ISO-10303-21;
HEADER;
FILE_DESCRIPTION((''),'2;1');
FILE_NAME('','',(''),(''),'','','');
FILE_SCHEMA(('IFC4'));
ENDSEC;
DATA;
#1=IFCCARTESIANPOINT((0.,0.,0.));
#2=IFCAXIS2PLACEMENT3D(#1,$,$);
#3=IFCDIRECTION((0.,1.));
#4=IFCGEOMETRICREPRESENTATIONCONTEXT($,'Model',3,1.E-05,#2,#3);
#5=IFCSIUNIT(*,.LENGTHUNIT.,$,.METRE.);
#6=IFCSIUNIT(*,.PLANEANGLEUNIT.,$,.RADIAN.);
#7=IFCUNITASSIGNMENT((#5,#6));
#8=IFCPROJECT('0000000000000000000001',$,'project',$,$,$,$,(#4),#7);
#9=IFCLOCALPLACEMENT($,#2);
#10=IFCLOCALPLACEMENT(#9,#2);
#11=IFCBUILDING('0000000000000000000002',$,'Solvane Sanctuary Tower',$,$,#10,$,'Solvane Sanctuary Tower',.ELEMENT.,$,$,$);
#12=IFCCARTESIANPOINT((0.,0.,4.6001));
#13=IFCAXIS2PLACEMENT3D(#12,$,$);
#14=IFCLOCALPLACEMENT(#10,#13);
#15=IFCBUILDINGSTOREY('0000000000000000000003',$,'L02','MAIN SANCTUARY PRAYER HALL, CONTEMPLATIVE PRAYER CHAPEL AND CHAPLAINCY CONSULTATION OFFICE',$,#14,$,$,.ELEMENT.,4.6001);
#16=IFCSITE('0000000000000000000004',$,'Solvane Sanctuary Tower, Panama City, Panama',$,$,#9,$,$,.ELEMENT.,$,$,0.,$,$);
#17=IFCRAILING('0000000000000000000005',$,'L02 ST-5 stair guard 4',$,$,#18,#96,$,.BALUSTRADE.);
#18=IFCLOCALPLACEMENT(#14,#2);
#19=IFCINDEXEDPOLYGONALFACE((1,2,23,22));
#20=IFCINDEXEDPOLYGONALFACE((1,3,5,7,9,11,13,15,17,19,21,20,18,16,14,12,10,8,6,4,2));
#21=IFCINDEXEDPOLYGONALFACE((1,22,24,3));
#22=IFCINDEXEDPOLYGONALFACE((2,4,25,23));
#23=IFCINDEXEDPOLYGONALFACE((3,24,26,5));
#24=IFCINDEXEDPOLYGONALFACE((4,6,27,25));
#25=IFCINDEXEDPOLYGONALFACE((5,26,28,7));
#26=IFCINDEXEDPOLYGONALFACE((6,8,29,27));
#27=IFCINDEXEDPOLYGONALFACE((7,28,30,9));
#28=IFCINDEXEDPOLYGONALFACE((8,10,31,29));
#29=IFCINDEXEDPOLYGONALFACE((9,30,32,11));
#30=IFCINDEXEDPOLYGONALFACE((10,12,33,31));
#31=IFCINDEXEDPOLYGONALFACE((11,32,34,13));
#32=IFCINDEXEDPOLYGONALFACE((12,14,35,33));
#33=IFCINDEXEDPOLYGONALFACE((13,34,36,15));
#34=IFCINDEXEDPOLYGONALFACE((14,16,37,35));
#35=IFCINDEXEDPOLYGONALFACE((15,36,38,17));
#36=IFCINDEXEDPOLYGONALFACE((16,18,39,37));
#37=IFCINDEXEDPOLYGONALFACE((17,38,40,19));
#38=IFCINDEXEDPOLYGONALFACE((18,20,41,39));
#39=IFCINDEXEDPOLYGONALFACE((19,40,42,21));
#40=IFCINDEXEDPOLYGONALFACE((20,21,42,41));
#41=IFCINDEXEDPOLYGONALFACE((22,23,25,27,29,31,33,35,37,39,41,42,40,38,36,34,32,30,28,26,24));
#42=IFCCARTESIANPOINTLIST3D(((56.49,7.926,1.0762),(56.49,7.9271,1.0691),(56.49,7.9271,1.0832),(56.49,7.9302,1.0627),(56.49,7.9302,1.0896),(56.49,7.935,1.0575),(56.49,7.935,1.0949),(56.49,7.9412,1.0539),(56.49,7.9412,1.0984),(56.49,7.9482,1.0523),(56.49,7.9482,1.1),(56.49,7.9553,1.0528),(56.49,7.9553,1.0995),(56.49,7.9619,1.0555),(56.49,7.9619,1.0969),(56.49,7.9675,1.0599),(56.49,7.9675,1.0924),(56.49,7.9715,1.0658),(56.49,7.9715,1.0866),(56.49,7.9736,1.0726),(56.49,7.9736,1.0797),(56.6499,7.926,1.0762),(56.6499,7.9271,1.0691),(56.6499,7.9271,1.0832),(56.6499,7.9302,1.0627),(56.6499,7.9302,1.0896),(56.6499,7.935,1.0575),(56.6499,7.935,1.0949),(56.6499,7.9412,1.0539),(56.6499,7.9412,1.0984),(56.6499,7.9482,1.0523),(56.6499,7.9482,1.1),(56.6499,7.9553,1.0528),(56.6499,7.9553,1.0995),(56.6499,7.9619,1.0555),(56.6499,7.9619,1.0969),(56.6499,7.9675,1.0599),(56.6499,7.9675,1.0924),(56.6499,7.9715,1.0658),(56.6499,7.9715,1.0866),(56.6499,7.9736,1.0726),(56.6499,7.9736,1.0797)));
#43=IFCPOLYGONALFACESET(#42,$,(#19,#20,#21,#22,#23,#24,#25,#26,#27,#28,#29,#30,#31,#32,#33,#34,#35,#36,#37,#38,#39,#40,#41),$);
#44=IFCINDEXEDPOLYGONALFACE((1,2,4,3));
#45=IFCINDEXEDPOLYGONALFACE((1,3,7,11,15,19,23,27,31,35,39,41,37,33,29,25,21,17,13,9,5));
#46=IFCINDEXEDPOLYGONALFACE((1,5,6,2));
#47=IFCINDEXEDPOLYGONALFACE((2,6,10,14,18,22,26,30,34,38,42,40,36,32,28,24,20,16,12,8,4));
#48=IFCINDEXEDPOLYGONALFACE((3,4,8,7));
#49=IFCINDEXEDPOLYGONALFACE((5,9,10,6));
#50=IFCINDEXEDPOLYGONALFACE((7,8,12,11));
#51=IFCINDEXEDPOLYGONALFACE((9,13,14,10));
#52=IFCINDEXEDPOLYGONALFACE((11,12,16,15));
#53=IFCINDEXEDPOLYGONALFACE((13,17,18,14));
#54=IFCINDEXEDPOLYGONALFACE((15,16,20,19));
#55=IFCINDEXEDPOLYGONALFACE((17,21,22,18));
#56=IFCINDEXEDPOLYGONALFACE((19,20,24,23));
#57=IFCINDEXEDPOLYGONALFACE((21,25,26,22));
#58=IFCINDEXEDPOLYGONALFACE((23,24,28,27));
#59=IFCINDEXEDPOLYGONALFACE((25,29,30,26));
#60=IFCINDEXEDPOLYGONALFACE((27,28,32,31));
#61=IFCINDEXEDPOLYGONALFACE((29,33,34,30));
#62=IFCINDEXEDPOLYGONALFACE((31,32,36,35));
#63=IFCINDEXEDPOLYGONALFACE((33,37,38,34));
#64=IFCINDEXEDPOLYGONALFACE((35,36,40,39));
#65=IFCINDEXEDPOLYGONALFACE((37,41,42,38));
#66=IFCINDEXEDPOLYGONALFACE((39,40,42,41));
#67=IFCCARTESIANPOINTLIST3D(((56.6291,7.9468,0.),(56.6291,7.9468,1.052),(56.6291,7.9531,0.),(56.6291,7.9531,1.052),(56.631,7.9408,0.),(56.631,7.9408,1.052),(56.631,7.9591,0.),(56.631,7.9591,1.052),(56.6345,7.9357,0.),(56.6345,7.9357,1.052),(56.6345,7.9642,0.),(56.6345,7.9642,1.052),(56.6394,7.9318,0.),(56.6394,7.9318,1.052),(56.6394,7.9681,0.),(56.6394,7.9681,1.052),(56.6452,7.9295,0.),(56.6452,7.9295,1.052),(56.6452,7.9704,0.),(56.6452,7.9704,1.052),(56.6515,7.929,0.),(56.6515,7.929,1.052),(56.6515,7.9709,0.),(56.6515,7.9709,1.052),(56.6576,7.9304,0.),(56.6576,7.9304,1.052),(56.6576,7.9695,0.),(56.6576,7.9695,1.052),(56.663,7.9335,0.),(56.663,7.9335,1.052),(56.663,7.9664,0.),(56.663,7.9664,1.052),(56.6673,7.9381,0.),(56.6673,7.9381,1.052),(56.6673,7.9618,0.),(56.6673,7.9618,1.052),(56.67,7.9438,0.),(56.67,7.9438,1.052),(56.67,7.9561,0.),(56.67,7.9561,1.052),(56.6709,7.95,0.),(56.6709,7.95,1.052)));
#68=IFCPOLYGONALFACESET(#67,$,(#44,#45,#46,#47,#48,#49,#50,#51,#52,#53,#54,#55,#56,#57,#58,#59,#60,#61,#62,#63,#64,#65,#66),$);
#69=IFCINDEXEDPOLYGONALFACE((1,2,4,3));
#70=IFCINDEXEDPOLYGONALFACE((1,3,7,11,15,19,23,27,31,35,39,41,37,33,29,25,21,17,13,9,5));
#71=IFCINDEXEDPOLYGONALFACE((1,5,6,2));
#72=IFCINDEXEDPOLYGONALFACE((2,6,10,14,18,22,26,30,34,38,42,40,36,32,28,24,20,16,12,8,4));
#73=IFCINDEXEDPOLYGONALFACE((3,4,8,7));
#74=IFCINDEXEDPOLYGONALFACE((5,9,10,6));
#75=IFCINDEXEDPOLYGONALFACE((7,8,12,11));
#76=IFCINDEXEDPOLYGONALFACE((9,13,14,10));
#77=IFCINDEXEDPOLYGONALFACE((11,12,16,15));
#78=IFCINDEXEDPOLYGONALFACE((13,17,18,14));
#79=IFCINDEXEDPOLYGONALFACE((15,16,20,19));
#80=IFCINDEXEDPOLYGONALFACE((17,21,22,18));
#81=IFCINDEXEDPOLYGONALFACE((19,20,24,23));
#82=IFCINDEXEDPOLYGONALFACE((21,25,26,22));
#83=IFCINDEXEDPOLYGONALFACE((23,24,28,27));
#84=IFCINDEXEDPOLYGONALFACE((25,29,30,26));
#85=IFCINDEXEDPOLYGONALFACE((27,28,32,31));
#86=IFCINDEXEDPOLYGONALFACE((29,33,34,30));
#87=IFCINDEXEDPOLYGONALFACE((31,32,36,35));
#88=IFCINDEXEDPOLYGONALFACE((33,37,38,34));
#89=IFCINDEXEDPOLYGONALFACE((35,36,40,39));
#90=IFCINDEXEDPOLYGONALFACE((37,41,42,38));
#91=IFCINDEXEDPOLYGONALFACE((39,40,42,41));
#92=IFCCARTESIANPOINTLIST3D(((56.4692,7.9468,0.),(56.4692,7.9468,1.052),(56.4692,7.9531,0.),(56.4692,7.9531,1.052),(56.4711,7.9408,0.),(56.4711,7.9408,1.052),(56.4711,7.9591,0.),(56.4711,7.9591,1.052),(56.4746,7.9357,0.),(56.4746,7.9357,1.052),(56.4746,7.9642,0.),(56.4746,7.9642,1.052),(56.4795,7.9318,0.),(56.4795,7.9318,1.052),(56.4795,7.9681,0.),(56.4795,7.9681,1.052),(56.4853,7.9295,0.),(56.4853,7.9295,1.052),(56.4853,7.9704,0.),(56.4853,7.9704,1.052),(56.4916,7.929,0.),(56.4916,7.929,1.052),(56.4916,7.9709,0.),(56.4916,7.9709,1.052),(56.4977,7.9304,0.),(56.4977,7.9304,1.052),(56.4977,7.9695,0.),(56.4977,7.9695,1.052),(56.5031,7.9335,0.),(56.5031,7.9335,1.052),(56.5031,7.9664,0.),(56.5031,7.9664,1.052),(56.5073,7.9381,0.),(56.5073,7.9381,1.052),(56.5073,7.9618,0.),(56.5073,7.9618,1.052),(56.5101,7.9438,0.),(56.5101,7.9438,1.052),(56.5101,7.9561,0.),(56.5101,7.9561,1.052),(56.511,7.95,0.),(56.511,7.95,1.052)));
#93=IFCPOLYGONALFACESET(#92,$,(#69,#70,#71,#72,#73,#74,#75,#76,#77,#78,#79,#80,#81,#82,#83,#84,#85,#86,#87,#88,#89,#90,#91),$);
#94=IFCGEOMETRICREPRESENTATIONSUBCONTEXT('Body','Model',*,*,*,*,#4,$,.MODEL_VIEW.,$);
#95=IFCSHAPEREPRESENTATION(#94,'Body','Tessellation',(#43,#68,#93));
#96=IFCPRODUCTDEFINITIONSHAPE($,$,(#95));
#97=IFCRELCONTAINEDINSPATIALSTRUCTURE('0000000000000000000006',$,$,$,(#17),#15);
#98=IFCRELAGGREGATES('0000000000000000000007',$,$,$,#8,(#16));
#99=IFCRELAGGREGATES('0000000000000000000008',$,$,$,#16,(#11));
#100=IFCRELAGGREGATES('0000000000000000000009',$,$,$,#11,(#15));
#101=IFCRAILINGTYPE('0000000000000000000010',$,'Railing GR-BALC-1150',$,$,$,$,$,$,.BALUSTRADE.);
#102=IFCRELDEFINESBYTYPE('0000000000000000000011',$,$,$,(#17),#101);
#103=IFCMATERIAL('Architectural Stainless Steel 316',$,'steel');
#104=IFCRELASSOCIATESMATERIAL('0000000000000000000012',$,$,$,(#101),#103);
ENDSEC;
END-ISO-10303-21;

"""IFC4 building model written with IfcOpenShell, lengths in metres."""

from ifc_helpers import new_model, si_unit, direction, frame, origin, origin_2d, place, context, subcontext, project, spatial, circle, extrude, material, type_object, element, save


model = new_model("IFC4")

# Units and contexts
model_context = context("Model", 3, precision=1e-05, world=origin(), true_north=direction((0.0, 1.0)))
body_context = subcontext(model_context, "Body", "Model", "MODEL_VIEW")
ifc_project = project(units=[si_unit("LENGTHUNIT", "METRE"), si_unit("PLANEANGLEUNIT", "RADIAN")], contexts=[model_context])

# Site, building, storey
site_placement = place(None, origin())
site = spatial("IfcSite", under=ifc_project, at=site_placement, Name="Solvane Sanctuary Tower, Panama City, Panama", CompositionType="ELEMENT", RefElevation=0.0)
building_placement = place(site_placement, origin())
building = spatial("IfcBuilding", under=site, at=building_placement, Name="Solvane Sanctuary Tower", LongName="Solvane Sanctuary Tower", CompositionType="ELEMENT")
storey_placement = place(building_placement, frame((0.0, 0.0, 4.6001)))
storey = spatial("IfcBuildingStorey", under=building, at=storey_placement, Name="L02", Description="MAIN SANCTUARY PRAYER HALL, CONTEMPLATIVE PRAYER CHAPEL AND CHAPLAINCY CONSULTATION OFFICE", CompositionType="ELEMENT", Elevation=4.6001)

# Shared definitions
ifc_material_1 = material(Name="Architectural Stainless Steel 316", Category="steel")

# Railing
railing_type_1 = type_object("IfcRailingType", Name="Railing GR-BALC-1150", PredefinedType="BALUSTRADE", material=ifc_material_1)
railing_1_placement = place(storey_placement, frame((56.6499, 7.95, 0.0)))
element("IfcRailing", 1, at=railing_1_placement, inside=storey, type_object=railing_type_1, Name="L02 ST-5 stair guard 4", PredefinedType="BALUSTRADE", context=body_context, shape_type="SweptSolid", body=[
    extrude(circle(Radius=0.0239, at=origin_2d()), frame((0.0, 0.0, 1.0762), z_axis=(-1.0, 0.0, 0.0), x_axis=(0.0, -1.0, 0.0)), (0.0, 0.0, 1.0), 0.1599),
    extrude(circle(Radius=0.021, at=origin_2d()), origin(), (0.0, 0.0, 1.0), 1.052),
    extrude(circle(Radius=0.021, at=origin_2d()), frame((-0.1599, 0.0, 0.0)), (0.0, 0.0, 1.0), 1.052),
])

save(model, "model.ifc")
